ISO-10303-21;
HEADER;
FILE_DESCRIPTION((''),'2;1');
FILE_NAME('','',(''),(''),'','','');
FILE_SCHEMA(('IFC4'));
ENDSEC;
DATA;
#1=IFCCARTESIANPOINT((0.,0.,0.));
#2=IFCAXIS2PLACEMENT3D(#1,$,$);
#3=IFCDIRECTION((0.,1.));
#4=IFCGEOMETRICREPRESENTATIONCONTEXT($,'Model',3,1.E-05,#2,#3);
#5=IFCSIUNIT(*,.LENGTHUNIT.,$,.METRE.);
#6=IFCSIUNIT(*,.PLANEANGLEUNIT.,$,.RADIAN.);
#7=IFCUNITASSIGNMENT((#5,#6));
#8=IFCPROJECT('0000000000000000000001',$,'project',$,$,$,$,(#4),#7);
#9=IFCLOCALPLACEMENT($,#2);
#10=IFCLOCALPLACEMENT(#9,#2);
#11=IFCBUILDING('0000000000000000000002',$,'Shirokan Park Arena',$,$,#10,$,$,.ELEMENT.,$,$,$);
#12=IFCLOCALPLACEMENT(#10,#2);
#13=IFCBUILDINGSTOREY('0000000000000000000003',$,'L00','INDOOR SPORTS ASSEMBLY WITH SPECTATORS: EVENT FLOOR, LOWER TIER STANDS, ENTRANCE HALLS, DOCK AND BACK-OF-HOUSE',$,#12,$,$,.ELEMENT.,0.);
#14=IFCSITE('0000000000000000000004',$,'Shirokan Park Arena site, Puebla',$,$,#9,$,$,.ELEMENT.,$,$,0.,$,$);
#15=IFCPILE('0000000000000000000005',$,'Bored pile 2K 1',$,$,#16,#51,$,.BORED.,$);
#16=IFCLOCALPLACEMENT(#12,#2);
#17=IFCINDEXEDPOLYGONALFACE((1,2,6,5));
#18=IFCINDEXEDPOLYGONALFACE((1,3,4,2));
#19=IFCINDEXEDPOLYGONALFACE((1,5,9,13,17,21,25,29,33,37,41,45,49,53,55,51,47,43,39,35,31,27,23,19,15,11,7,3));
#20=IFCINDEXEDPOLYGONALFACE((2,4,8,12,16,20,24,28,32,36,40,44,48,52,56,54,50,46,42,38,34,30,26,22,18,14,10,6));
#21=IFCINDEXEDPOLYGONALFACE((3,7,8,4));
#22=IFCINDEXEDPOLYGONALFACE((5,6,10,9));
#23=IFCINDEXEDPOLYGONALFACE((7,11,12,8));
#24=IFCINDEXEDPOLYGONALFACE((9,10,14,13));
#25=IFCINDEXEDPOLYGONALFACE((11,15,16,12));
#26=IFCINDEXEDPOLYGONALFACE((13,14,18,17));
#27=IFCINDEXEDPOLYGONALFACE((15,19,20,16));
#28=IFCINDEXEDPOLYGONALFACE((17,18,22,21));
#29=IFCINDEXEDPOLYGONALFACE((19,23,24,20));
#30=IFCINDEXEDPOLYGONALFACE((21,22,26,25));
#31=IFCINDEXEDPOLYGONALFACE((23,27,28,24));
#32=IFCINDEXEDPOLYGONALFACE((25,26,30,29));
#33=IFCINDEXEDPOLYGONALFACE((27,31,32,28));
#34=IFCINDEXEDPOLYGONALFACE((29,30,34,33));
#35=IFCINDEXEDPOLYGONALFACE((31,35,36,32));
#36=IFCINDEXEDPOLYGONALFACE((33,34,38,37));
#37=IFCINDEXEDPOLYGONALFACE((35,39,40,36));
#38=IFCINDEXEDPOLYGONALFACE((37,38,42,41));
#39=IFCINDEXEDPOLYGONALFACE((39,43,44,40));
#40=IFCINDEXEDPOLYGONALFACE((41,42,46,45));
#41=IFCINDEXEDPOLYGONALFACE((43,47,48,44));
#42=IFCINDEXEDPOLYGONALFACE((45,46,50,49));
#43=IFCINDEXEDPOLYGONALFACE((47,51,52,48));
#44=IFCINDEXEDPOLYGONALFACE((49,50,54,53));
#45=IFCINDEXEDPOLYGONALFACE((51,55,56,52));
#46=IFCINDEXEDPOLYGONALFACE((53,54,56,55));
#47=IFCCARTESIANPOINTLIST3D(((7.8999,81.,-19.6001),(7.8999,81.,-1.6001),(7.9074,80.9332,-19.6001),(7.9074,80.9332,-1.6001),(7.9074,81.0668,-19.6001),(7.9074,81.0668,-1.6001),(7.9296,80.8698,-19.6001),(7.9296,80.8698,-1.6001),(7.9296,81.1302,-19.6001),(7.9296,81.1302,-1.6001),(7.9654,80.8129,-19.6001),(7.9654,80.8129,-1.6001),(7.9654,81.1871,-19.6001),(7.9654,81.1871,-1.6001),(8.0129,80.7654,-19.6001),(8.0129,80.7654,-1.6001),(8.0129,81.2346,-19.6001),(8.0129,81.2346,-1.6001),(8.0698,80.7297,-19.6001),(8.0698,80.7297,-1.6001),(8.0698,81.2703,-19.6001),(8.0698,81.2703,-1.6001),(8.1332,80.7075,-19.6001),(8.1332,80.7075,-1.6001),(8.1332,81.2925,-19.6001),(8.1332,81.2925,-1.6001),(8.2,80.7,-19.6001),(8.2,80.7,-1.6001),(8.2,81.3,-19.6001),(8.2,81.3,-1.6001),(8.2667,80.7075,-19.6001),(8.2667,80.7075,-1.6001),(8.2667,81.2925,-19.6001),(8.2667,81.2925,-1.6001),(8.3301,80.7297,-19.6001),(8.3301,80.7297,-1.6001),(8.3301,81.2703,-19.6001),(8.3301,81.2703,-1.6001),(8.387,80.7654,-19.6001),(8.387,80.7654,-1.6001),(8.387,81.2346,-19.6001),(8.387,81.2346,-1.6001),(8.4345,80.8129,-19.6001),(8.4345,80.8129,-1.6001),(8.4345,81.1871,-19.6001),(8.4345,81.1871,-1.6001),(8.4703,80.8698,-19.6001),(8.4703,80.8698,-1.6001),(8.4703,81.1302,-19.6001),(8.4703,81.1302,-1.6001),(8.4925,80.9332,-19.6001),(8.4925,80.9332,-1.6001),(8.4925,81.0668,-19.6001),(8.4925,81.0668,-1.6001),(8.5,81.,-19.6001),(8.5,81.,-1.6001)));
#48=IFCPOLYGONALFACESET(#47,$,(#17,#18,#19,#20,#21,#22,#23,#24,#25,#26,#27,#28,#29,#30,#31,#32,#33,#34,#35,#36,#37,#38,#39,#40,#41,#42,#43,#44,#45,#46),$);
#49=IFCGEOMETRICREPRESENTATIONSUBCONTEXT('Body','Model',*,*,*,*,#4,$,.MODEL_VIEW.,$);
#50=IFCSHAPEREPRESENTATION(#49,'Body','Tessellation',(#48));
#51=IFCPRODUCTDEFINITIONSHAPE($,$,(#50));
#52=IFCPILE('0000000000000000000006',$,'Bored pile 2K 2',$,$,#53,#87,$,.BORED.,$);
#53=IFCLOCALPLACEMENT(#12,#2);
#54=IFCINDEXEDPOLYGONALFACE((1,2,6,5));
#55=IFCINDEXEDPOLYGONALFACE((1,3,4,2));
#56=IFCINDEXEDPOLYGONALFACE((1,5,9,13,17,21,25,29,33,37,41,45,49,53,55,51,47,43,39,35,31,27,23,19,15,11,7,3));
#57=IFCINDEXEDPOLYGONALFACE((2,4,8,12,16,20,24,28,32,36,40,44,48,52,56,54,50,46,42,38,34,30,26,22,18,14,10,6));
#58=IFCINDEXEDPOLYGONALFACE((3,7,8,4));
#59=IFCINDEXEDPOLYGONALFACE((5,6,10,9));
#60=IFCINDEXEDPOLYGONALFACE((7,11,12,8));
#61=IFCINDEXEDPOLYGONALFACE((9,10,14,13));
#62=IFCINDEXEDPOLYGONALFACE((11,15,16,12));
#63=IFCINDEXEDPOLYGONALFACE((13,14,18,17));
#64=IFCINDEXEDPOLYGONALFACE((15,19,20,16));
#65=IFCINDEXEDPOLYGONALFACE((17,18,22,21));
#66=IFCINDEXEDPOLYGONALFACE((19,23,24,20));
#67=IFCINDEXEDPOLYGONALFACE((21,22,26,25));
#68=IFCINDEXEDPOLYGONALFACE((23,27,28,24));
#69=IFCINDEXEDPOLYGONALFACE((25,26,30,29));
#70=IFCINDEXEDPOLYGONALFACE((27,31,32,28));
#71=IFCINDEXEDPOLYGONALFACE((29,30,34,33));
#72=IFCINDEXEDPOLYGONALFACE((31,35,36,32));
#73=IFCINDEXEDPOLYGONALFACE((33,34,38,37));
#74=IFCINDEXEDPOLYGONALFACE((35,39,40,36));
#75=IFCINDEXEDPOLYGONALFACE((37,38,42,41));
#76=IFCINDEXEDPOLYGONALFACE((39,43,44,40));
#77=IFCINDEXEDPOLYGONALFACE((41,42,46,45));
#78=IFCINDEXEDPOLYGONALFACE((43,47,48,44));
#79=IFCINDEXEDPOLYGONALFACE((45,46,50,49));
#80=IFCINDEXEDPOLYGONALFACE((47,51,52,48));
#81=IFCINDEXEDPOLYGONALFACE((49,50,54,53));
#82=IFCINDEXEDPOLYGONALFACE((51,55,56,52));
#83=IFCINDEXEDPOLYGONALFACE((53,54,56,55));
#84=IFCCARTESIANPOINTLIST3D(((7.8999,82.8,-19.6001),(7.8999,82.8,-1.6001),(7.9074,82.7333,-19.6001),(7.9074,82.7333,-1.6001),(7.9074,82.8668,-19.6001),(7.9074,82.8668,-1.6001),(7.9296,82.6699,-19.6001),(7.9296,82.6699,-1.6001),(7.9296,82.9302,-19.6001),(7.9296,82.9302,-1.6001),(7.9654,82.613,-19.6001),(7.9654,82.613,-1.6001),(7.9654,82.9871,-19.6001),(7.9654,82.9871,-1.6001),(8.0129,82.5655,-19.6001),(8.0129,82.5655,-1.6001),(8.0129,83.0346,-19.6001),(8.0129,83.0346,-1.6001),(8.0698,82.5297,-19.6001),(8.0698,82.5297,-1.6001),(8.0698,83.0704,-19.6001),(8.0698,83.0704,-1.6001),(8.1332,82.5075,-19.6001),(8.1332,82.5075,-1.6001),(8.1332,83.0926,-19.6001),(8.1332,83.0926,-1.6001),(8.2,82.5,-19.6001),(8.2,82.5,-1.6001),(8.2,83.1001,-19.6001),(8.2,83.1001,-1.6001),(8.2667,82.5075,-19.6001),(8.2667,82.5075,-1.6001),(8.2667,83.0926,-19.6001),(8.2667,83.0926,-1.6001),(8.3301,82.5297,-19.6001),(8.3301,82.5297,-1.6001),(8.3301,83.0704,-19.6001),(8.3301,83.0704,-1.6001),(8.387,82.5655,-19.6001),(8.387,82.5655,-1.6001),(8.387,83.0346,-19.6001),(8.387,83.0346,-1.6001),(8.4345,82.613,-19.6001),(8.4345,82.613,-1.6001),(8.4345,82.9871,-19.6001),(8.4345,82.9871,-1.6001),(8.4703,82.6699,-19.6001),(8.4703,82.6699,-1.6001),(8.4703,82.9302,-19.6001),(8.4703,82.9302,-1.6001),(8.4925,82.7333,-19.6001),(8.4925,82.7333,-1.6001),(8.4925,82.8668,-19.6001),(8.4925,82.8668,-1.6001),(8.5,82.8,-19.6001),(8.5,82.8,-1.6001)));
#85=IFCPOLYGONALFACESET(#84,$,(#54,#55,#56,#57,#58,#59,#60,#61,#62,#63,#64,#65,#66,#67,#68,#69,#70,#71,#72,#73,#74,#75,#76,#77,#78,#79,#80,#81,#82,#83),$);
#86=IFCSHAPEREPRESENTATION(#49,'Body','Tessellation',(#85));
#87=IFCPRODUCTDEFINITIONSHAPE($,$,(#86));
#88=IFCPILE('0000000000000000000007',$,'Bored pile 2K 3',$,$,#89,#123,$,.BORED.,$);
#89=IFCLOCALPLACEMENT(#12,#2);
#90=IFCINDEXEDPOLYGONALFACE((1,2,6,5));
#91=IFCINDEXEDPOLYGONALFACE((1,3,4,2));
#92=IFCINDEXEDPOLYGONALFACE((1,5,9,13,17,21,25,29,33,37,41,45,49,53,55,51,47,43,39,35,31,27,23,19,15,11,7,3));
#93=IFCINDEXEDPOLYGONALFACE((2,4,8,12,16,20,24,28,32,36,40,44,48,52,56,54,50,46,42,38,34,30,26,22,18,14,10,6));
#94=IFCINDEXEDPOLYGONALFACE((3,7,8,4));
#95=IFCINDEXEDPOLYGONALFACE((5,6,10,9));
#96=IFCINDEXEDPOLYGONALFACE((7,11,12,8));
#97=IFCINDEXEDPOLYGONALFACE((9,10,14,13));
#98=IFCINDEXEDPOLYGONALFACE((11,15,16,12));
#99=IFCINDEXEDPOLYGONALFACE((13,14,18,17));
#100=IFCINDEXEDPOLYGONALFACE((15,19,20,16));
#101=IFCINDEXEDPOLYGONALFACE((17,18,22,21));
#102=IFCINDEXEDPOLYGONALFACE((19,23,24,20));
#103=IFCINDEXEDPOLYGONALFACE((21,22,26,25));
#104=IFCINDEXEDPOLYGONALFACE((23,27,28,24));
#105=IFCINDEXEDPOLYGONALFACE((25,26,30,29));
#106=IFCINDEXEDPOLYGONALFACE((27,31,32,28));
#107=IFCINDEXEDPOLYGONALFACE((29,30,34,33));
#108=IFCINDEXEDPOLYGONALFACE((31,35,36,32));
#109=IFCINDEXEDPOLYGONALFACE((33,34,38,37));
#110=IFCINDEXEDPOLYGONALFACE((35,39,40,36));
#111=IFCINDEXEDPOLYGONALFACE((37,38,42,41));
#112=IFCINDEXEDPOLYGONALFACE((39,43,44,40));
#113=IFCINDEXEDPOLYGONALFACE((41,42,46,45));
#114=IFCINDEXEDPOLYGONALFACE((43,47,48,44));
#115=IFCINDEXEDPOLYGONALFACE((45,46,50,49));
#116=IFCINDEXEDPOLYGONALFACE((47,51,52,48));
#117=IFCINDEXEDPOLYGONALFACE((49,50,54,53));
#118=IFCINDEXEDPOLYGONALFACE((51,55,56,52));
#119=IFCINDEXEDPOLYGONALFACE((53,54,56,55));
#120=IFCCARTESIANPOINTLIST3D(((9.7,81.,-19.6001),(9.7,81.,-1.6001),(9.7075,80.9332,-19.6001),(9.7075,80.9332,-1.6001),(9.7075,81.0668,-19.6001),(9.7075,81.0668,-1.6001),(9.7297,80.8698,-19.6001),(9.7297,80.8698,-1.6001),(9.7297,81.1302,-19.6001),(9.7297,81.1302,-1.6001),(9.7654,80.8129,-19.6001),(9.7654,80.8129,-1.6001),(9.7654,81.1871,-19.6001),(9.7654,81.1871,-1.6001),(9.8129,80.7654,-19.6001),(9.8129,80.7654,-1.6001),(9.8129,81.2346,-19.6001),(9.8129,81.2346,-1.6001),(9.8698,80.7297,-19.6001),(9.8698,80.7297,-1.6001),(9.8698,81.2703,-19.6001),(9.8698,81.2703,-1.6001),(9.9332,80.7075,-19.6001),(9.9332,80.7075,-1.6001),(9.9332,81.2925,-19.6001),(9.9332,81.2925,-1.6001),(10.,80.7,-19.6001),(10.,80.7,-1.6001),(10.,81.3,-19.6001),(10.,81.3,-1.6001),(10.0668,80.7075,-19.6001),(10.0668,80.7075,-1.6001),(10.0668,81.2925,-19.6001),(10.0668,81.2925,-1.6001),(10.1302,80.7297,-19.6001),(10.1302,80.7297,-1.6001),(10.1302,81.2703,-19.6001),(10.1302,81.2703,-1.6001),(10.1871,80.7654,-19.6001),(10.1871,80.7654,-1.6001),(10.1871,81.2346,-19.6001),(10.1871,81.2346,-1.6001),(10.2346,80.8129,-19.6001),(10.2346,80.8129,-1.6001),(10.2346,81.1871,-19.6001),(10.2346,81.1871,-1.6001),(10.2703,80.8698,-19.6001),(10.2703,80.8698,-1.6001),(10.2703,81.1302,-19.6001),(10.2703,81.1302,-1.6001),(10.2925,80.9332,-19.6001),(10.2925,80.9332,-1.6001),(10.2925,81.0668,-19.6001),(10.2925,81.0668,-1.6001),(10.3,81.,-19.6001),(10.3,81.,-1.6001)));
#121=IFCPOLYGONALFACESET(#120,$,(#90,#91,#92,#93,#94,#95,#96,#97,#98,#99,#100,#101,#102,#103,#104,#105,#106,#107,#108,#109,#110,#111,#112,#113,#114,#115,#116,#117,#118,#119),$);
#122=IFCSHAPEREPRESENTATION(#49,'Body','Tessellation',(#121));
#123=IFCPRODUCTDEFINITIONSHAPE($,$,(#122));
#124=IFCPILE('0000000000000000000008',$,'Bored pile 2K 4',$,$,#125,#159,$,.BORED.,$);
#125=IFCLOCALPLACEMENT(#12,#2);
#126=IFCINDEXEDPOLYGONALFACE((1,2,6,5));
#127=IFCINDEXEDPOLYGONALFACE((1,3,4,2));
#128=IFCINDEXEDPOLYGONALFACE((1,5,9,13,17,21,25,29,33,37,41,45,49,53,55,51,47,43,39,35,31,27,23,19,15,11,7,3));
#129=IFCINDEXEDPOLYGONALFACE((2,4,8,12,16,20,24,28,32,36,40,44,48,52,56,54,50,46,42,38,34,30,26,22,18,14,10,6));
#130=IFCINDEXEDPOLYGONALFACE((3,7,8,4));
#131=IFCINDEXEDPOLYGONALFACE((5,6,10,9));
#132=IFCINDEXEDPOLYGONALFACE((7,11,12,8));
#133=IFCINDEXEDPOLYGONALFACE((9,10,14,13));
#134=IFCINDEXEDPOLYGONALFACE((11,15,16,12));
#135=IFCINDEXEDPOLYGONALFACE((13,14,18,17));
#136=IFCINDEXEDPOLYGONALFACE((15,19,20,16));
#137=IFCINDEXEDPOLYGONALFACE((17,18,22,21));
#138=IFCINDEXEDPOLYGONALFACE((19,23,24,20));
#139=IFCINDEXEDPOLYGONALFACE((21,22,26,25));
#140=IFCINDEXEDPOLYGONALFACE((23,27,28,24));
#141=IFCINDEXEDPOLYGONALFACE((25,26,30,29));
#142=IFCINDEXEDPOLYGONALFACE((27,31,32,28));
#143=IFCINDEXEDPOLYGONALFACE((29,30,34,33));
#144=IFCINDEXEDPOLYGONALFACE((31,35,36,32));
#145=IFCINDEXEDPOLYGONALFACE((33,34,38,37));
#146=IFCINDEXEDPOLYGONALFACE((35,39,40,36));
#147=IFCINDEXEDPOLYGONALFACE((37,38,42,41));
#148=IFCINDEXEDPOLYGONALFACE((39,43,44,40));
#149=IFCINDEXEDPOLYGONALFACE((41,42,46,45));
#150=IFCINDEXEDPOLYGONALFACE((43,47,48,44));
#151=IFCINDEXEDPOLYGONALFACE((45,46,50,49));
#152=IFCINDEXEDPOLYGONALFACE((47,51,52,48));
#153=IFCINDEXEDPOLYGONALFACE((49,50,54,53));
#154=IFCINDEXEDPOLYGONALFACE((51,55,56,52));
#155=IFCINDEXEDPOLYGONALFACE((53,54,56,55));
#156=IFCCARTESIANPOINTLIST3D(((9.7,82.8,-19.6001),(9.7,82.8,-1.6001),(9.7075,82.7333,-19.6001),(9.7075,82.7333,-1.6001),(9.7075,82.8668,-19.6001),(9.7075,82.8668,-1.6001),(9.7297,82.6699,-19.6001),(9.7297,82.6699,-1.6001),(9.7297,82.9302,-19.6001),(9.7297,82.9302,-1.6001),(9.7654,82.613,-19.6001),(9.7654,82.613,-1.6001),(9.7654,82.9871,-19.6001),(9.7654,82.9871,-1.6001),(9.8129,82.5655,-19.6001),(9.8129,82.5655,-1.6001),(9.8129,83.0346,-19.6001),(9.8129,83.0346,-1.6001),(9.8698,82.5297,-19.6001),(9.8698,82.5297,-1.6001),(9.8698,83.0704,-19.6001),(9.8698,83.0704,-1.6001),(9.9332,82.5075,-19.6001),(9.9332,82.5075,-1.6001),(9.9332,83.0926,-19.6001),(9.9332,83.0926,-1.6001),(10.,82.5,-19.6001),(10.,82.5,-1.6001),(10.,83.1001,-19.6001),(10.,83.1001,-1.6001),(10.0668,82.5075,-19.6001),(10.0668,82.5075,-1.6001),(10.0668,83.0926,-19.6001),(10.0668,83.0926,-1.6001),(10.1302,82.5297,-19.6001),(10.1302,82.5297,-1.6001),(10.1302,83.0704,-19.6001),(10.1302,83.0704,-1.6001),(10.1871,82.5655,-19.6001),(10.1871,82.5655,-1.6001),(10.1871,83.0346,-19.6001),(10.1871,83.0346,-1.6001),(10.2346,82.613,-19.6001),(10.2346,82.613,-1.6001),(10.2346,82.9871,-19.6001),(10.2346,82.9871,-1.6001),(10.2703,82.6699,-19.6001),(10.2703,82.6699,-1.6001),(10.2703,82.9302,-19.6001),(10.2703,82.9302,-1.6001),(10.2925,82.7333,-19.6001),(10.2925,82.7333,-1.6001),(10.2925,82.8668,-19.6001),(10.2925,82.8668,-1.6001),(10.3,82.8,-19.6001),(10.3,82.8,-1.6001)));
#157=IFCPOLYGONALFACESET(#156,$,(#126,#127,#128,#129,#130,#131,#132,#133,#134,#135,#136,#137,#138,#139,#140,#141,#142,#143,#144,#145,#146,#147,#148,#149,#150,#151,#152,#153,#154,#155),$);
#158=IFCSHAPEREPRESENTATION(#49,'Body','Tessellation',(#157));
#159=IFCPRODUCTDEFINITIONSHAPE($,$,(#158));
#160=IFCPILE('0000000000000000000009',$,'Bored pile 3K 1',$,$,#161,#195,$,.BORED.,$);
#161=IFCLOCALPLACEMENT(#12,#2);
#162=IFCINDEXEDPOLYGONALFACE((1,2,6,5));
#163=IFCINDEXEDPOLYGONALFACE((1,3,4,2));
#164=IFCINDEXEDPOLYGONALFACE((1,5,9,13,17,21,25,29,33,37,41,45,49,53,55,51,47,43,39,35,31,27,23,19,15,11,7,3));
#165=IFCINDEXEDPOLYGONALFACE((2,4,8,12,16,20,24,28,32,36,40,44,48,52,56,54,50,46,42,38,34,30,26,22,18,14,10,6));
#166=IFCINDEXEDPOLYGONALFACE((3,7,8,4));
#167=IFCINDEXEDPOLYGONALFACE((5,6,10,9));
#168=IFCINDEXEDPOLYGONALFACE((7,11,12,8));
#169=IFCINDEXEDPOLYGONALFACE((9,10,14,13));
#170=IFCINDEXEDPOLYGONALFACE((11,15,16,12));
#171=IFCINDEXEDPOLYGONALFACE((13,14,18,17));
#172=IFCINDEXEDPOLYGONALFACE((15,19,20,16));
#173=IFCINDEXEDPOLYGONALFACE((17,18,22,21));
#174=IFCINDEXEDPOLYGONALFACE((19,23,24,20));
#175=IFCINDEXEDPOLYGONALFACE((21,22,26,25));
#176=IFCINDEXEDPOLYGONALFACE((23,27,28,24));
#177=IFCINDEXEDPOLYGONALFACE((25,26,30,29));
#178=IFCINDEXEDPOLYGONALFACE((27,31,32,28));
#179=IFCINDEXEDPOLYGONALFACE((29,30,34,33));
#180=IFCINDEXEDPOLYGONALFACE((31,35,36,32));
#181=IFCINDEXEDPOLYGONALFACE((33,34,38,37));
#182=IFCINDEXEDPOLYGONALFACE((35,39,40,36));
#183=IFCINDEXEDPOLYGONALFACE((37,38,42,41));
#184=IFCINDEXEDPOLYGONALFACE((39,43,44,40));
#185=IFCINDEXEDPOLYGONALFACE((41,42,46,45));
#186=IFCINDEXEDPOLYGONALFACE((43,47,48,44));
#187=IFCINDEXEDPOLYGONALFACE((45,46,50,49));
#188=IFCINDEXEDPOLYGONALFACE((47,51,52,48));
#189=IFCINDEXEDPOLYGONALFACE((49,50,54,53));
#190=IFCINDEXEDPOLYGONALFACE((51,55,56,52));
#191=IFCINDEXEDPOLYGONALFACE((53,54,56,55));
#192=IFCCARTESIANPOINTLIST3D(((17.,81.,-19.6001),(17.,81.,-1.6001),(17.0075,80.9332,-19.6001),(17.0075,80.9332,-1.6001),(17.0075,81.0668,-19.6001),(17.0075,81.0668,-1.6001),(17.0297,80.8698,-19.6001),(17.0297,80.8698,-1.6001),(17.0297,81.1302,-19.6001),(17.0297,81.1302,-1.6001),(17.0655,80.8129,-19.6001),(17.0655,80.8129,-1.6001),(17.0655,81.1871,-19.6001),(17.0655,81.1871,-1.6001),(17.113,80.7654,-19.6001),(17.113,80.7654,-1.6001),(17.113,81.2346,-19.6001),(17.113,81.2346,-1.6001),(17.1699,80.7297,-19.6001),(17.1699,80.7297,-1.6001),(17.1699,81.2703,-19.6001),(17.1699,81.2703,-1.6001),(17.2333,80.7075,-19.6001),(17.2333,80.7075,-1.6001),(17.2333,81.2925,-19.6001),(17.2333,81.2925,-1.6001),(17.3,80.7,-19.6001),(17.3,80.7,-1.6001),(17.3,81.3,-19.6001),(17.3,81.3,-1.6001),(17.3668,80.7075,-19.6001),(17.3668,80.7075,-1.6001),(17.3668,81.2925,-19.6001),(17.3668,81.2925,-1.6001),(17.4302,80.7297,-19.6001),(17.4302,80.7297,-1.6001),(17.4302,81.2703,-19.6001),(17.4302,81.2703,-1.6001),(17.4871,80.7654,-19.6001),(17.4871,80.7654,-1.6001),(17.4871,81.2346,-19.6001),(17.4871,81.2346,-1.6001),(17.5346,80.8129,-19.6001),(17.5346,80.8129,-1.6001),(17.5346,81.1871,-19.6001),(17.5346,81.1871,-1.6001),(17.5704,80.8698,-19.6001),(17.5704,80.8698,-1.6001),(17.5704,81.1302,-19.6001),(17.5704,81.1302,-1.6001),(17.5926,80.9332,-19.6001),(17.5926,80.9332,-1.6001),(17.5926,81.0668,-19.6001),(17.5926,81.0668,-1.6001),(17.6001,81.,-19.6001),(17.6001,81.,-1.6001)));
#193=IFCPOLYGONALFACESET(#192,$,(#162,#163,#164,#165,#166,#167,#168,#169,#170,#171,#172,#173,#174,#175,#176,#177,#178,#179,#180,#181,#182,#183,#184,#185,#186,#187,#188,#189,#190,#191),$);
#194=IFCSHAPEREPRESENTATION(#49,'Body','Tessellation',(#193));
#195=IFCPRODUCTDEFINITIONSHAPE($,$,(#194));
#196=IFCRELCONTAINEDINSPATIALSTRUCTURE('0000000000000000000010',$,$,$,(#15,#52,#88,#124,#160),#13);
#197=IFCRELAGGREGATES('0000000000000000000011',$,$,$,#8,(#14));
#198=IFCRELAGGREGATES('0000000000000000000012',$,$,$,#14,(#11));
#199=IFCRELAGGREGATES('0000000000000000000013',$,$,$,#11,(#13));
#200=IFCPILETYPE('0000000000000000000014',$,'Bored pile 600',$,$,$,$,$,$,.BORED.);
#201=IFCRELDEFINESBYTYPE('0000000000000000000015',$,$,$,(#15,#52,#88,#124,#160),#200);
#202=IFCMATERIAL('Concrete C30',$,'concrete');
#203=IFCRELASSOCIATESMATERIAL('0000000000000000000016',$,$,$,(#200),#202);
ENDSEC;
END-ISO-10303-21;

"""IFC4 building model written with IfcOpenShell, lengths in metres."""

from ifc_helpers import new_model, si_unit, direction, frame, origin, origin_2d, place, context, subcontext, project, spatial, circle, extrude, material, material_profile, profile_set, type_object, element, save


model = new_model("IFC4")

# Units and contexts
model_context = context("Model", 3, precision=1e-05, world=origin(), true_north=direction((0.0, 1.0)))
body_context = subcontext(model_context, "Body", "Model", "MODEL_VIEW")
ifc_project = project(units=[si_unit("LENGTHUNIT", "METRE"), si_unit("PLANEANGLEUNIT", "RADIAN")], contexts=[model_context])

# Site, building, storey
site_placement = place(None, origin())
site = spatial("IfcSite", under=ifc_project, at=site_placement, Name="Shirokan Park Arena site, Puebla", CompositionType="ELEMENT", RefElevation=0.0)
building_placement = place(site_placement, origin())
building = spatial("IfcBuilding", under=site, at=building_placement, Name="Shirokan Park Arena", CompositionType="ELEMENT")
storey_placement = place(building_placement, origin())
storey = spatial("IfcBuildingStorey", under=building, at=storey_placement, Name="L00", Description="INDOOR SPORTS ASSEMBLY WITH SPECTATORS: EVENT FLOOR, LOWER TIER STANDS, ENTRANCE HALLS, DOCK AND BACK-OF-HOUSE", CompositionType="ELEMENT", Elevation=0.0)

# Piles
ifc_material_1 = material(Name="Concrete C30", Category="concrete")
ifc_material_profile_1 = material_profile(ifc_material_1, circle(Radius=0.3, at=origin_2d()), Name="D600")
ifc_profile_set_1 = profile_set([ifc_material_profile_1], Name="Concrete C30")
pile_type_1 = type_object("IfcPileType", Name="Bored pile 600", PredefinedType="BORED", material=ifc_profile_set_1)
for number, where, z_axis, x_axis, name in (
    (1, (8.2, 81.0, -1.6001), (0.0, 0.0, -1.0), (1.0, 0.0, 0.0), "Bored pile 2K 1"),
    (2, (8.2, 82.8, -1.6001), (0.0, 0.0, -1.0), (1.0, 0.0, 0.0), "Bored pile 2K 2"),
    (3, (10.0, 81.0, -1.6001), (0.0, 0.0, -1.0), (1.0, 0.0, 0.0), "Bored pile 2K 3"),
    (4, (10.0, 82.8, -1.6001), (0.0, 0.0, -1.0), (1.0, 0.0, 0.0), "Bored pile 2K 4"),
    (5, (17.3, 81.0, -1.6001), (0.0, 0.0, -1.0), (1.0, 0.0, 0.0), "Bored pile 3K 1"),
):
    element("IfcPile", number, at=place(storey_placement, frame(where, z_axis=z_axis, x_axis=x_axis)), inside=storey, type_object=pile_type_1, Name=name, PredefinedType="BORED", context=body_context, shape_type="SweptSolid", body=[
        extrude(circle(Radius=0.3, at=origin_2d()), origin(), (0.0, 0.0, 1.0), 18.0),
    ])

save(model, "model.ifc")
